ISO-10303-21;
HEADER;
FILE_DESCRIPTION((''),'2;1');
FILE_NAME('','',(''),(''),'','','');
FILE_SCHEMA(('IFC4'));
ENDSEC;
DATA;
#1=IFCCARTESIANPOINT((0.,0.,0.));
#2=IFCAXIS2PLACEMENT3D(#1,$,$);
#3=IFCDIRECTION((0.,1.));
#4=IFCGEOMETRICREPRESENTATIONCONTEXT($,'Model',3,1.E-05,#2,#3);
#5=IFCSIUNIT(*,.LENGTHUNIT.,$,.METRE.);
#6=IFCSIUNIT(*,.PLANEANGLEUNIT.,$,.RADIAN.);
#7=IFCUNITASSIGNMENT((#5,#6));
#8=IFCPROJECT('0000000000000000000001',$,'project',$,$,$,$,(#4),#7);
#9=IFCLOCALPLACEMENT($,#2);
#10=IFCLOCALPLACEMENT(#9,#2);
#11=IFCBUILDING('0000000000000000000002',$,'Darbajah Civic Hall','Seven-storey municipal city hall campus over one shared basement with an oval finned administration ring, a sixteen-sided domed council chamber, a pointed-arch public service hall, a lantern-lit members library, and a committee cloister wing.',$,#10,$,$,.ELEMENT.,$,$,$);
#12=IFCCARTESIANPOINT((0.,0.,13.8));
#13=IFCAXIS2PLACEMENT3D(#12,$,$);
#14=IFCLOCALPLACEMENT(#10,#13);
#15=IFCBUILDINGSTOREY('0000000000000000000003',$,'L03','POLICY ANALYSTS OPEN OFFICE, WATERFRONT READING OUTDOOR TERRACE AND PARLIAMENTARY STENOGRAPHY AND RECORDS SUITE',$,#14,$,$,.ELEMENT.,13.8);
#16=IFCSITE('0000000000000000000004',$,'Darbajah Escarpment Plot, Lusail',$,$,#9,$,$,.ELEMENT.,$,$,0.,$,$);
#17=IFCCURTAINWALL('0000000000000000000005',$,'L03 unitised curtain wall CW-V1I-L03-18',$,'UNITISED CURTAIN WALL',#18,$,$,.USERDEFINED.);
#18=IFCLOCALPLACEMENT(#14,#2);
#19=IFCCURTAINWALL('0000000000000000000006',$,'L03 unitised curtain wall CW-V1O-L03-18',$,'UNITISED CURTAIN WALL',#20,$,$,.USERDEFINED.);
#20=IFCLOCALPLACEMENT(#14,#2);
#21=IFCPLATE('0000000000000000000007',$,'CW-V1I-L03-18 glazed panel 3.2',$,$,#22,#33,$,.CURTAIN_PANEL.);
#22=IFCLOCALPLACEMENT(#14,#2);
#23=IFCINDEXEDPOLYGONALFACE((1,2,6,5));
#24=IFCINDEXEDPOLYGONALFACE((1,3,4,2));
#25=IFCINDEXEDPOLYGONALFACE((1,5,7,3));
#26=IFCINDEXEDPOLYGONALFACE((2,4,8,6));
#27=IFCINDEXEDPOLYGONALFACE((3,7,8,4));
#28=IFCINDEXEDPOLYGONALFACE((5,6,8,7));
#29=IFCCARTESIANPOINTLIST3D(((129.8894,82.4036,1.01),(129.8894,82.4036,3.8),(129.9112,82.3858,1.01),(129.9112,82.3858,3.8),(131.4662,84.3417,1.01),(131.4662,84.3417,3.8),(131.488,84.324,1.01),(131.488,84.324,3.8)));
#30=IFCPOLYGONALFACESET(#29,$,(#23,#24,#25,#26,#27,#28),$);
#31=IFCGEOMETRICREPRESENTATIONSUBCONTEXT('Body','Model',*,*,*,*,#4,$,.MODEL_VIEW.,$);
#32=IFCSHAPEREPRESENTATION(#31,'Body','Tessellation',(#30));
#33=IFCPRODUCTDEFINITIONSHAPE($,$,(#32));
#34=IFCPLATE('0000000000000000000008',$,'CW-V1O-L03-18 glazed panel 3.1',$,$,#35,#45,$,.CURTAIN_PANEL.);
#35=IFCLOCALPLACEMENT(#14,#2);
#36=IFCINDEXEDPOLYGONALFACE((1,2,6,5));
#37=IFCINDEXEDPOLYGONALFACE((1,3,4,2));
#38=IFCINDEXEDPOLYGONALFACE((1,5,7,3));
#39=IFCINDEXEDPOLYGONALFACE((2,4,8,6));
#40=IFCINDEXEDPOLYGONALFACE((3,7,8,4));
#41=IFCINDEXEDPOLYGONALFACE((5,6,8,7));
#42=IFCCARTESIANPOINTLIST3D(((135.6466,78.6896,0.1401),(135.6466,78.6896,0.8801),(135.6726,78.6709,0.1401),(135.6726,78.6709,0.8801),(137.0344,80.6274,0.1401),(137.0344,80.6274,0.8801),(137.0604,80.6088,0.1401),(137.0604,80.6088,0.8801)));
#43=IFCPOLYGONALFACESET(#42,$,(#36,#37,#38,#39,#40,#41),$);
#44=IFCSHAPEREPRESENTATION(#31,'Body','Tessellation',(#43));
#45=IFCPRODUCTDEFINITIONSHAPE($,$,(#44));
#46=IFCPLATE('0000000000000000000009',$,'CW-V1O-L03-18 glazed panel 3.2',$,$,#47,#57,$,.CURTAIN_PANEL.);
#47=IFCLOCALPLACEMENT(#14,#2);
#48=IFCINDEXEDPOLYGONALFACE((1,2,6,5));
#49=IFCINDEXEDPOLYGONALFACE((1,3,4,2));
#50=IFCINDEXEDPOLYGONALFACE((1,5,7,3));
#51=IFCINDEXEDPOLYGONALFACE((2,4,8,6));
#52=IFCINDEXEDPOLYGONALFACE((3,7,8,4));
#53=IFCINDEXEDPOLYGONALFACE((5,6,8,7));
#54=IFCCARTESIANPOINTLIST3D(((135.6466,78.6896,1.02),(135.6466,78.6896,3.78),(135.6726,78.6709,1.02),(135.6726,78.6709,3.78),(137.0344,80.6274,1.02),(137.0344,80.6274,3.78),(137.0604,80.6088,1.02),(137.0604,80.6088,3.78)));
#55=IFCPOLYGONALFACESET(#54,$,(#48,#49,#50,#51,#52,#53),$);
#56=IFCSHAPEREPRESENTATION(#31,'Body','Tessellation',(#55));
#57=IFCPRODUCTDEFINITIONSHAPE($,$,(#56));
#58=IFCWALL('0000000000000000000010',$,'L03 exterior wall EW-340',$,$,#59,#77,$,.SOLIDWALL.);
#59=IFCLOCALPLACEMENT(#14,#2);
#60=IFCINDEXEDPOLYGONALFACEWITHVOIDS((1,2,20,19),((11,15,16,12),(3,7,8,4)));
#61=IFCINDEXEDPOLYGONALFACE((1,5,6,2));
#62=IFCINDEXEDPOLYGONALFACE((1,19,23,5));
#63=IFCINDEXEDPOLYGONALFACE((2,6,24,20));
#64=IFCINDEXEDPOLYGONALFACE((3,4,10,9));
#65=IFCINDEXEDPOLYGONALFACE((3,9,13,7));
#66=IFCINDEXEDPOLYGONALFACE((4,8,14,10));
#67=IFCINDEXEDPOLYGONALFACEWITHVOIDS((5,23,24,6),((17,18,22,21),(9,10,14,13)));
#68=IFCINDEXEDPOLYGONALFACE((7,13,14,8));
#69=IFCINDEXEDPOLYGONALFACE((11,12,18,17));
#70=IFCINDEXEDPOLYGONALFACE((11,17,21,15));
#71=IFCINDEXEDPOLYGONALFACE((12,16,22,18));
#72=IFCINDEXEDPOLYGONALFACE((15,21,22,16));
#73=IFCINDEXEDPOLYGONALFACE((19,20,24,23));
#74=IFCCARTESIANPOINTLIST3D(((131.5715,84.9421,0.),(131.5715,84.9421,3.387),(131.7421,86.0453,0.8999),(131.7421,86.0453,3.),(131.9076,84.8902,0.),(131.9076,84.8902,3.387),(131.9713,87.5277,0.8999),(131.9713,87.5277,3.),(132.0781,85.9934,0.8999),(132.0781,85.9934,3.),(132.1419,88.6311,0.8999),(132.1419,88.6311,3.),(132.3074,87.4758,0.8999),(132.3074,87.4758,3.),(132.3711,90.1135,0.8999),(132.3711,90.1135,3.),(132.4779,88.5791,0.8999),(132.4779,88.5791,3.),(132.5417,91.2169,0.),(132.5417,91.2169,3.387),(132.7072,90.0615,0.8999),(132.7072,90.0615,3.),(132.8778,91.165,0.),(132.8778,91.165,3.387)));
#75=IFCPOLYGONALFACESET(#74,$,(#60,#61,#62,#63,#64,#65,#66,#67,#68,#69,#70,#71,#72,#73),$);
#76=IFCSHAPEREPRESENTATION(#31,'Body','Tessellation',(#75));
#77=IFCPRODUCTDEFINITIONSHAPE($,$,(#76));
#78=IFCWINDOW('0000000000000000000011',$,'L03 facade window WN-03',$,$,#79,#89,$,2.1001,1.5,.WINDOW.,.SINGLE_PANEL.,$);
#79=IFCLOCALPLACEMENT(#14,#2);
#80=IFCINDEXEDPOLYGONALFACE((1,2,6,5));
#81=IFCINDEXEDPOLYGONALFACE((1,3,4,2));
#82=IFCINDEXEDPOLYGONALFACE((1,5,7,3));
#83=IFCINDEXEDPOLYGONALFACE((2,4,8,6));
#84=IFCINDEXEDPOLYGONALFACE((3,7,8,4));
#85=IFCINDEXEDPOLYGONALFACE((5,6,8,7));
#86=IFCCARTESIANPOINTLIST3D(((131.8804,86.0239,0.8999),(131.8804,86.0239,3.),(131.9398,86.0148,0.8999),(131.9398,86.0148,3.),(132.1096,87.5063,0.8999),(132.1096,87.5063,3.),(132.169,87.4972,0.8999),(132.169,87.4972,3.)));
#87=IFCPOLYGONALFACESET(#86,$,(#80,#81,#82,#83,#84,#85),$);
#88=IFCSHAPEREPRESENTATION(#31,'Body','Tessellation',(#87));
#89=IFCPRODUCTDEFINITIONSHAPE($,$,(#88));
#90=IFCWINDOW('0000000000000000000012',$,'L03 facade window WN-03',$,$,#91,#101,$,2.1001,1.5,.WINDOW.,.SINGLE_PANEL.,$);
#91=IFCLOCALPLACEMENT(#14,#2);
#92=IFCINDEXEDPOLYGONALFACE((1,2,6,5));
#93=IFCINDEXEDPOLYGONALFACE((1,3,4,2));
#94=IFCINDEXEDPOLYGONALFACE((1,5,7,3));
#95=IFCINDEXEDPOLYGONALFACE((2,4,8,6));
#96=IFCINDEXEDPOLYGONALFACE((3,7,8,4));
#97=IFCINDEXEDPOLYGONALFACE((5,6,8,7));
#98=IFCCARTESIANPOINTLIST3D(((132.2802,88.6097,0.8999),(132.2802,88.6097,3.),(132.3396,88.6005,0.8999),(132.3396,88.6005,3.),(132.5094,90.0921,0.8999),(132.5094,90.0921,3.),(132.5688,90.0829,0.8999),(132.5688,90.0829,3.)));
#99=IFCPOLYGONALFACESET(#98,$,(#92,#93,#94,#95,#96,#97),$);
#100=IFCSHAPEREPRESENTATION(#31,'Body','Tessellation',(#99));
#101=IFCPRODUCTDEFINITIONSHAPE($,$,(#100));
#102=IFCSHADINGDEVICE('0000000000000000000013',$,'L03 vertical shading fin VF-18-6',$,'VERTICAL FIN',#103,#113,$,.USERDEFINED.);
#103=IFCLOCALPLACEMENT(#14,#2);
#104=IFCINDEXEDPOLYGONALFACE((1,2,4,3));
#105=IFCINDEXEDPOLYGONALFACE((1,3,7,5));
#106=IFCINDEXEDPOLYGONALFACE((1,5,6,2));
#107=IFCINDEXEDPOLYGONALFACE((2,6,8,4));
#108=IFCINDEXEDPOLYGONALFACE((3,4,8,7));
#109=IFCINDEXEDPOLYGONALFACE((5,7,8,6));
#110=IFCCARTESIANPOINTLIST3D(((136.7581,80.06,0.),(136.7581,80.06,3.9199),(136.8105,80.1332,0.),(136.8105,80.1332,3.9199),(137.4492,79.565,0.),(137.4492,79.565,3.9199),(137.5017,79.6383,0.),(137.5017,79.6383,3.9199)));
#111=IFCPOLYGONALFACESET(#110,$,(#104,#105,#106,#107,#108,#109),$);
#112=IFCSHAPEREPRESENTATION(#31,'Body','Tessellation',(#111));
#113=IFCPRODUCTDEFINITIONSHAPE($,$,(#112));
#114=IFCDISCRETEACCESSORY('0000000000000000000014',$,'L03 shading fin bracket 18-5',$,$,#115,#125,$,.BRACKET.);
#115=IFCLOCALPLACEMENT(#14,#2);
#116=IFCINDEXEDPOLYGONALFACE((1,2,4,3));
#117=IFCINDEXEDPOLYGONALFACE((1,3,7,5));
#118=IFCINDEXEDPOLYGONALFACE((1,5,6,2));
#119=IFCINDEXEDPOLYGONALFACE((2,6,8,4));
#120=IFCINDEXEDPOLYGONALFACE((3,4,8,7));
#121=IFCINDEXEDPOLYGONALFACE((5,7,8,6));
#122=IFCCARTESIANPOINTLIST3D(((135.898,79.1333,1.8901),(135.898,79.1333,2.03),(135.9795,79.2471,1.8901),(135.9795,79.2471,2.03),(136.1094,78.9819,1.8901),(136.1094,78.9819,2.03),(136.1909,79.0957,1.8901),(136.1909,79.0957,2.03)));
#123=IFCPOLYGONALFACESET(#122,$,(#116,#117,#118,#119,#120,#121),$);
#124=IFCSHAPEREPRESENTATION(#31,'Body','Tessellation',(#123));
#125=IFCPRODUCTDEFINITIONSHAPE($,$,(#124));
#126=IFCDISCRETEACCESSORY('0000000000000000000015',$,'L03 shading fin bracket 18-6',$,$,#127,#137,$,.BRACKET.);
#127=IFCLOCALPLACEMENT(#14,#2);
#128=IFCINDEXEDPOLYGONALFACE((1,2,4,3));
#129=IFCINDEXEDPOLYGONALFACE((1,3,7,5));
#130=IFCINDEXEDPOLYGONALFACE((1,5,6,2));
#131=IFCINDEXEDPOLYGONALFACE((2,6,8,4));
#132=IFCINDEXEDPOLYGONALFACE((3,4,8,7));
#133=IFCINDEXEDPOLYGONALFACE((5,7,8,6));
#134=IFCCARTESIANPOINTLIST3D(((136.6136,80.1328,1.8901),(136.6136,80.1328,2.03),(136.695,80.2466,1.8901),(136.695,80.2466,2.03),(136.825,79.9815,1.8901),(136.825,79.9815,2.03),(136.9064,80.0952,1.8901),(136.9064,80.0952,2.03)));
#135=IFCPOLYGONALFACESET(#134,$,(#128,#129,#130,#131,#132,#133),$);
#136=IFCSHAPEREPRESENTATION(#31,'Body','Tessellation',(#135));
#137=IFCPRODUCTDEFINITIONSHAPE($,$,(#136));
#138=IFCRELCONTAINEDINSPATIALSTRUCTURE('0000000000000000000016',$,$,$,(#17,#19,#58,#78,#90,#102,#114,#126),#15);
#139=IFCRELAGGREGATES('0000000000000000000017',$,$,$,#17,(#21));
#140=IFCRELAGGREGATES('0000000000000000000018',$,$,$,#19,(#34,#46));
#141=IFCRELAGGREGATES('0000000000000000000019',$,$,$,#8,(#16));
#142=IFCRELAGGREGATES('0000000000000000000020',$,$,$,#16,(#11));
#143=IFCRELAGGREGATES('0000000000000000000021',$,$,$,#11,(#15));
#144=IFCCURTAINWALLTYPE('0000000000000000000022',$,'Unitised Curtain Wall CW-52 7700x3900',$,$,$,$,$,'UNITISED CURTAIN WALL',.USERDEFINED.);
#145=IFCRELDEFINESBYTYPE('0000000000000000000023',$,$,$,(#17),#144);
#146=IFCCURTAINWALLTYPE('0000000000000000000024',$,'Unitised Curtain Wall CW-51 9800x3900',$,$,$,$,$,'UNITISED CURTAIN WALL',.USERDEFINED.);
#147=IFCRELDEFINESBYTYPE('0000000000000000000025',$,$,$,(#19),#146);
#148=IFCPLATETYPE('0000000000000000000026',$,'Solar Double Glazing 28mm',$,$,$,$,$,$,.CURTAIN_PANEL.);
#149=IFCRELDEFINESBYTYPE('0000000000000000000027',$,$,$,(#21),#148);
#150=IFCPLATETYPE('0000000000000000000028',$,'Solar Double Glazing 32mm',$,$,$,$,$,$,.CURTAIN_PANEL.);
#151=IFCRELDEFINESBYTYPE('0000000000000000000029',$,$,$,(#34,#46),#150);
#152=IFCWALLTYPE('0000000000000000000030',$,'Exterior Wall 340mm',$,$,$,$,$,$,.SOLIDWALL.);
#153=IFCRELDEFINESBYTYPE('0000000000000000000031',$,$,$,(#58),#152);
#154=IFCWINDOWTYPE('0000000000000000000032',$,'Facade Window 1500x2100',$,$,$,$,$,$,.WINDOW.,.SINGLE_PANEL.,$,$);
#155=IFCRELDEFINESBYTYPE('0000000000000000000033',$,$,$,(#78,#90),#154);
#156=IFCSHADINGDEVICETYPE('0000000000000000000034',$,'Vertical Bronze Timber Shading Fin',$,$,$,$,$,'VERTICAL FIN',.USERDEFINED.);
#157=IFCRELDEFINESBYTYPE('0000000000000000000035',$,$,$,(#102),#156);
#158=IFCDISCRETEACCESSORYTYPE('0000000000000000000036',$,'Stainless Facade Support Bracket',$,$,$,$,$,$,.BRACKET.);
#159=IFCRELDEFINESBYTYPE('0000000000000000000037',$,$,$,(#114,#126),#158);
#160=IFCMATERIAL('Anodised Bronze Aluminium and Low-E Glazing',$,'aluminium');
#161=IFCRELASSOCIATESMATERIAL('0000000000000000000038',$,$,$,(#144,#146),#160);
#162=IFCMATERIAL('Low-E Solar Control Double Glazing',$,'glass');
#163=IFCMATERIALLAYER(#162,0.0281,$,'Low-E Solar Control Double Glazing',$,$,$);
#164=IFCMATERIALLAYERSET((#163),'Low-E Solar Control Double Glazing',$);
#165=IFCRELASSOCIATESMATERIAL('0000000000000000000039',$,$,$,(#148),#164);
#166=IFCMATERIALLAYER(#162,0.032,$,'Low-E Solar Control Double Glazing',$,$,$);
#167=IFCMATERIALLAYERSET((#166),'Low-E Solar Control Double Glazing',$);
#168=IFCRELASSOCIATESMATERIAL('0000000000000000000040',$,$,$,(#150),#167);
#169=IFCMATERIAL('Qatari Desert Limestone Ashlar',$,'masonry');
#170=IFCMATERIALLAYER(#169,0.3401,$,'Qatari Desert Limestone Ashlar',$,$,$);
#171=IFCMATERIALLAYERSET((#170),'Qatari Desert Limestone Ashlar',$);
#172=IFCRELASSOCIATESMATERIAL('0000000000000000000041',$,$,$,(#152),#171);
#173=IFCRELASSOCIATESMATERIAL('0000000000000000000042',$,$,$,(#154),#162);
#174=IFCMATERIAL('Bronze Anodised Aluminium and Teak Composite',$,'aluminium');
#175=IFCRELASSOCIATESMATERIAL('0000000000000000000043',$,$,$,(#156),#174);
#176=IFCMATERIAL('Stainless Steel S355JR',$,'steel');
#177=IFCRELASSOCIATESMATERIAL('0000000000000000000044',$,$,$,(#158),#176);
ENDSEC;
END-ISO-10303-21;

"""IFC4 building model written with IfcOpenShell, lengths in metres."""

from ifc_helpers import new_model, si_unit, direction, frame, frame_2d, origin, origin_2d, place, context, subcontext, project, spatial, rectangle, extrude, material, layer, layer_set, type_object, element, fill, aggregate, save


model = new_model("IFC4")

# Units and contexts
model_context = context("Model", 3, precision=1e-05, world=origin(), true_north=direction((0.0, 1.0)))
body_context = subcontext(model_context, "Body", "Model", "MODEL_VIEW")
ifc_project = project(units=[si_unit("LENGTHUNIT", "METRE"), si_unit("PLANEANGLEUNIT", "RADIAN")], contexts=[model_context])

# Site, building, storey
site_placement = place(None, origin())
site = spatial("IfcSite", under=ifc_project, at=site_placement, Name="Darbajah Escarpment Plot, Lusail", CompositionType="ELEMENT", RefElevation=0.0)
building_placement = place(site_placement, origin())
building = spatial("IfcBuilding", under=site, at=building_placement, Name="Darbajah Civic Hall", Description="Seven-storey municipal city hall campus over one shared basement with an oval finned administration ring, a sixteen-sided domed council chamber, a pointed-arch public service hall, a lantern-lit members library, and a committee cloister wing.", CompositionType="ELEMENT")
storey_placement = place(building_placement, frame((0.0, 0.0, 13.8)))
storey = spatial("IfcBuildingStorey", under=building, at=storey_placement, Name="L03", Description="POLICY ANALYSTS OPEN OFFICE, WATERFRONT READING OUTDOOR TERRACE AND PARLIAMENTARY STENOGRAPHY AND RECORDS SUITE", CompositionType="ELEMENT", Elevation=13.8)

# Curtain wall
ifc_material_1 = material(Name="Anodised Bronze Aluminium and Low-E Glazing", Category="aluminium")
curtain_wall_type_1 = type_object("IfcCurtainWallType", Name="Unitised Curtain Wall CW-52 7700x3900", ElementType="UNITISED CURTAIN WALL", PredefinedType="USERDEFINED", material=ifc_material_1)
curtain_wall_1_placement = place(storey_placement, origin())
curtain_wall_1 = element("IfcCurtainWall", 1, at=curtain_wall_1_placement, inside=storey, type_object=curtain_wall_type_1, Name="L03 unitised curtain wall CW-V1I-L03-18", ObjectType="UNITISED CURTAIN WALL", PredefinedType="USERDEFINED")

# Curtain wall
curtain_wall_type_2 = type_object("IfcCurtainWallType", Name="Unitised Curtain Wall CW-51 9800x3900", ElementType="UNITISED CURTAIN WALL", PredefinedType="USERDEFINED", material=ifc_material_1)
curtain_wall_2_placement = place(storey_placement, origin())
curtain_wall_2 = element("IfcCurtainWall", 2, at=curtain_wall_2_placement, inside=storey, type_object=curtain_wall_type_2, Name="L03 unitised curtain wall CW-V1O-L03-18", ObjectType="UNITISED CURTAIN WALL", PredefinedType="USERDEFINED")

# Plates
ifc_material_2 = material(Name="Low-E Solar Control Double Glazing", Category="glass")
ifc_layer_1 = layer(ifc_material_2, 0.0281, Name="Low-E Solar Control Double Glazing")
ifc_layer_set_1 = layer_set([ifc_layer_1], Name="Low-E Solar Control Double Glazing")
plate_type_1 = type_object("IfcPlateType", Name="Solar Double Glazing 28mm", PredefinedType="CURTAIN_PANEL", material=ifc_layer_set_1)
plate_1_placement = place(storey_placement, frame((130.6887, 83.3638, 1.01), z_axis=(0.0, 0.0, 1.0), x_axis=(0.631082, 0.775716, 0.0)))
plate_1 = element("IfcPlate", 3, at=plate_1_placement, type_object=plate_type_1, Name="CW-V1I-L03-18 glazed panel 3.2", PredefinedType="CURTAIN_PANEL", context=body_context, shape_type="SweptSolid", body=[
    extrude(rectangle(XDim=2.4985, YDim=0.0281, at=origin_2d()), origin(), (0.0, 0.0, 1.0), 2.79),
])
aggregate(curtain_wall_1, [plate_1])
ifc_layer_2 = layer(ifc_material_2, 0.032, Name="Low-E Solar Control Double Glazing")
ifc_layer_set_2 = layer_set([ifc_layer_2], Name="Low-E Solar Control Double Glazing")
plate_type_2 = type_object("IfcPlateType", Name="Solar Double Glazing 32mm", PredefinedType="CURTAIN_PANEL", material=ifc_layer_set_2)
plate_2_placement = place(storey_placement, frame((136.3535, 79.6492, 0.1401), z_axis=(0.0, 0.0, 1.0), x_axis=(0.582265, 0.812999, 0.0)))
plate_2 = element("IfcPlate", 4, at=plate_2_placement, type_object=plate_type_2, Name="CW-V1O-L03-18 glazed panel 3.1", PredefinedType="CURTAIN_PANEL", context=body_context, shape_type="SweptSolid", body=[
    extrude(rectangle(XDim=2.3835, YDim=0.032, at=origin_2d()), origin(), (0.0, 0.0, 1.0), 0.74),
])
plate_3_placement = place(storey_placement, frame((136.3535, 79.6492, 1.02), z_axis=(0.0, 0.0, 1.0), x_axis=(0.582265, 0.812999, 0.0)))
plate_3 = element("IfcPlate", 5, at=plate_3_placement, type_object=plate_type_2, Name="CW-V1O-L03-18 glazed panel 3.2", PredefinedType="CURTAIN_PANEL", context=body_context, shape_type="SweptSolid", body=[
    extrude(rectangle(XDim=2.3835, YDim=0.032, at=origin_2d()), origin(), (0.0, 0.0, 1.0), 2.76),
])
aggregate(curtain_wall_2, [plate_2, plate_3])

# Wall, openings, windows
ifc_material_3 = material(Name="Qatari Desert Limestone Ashlar", Category="masonry")
ifc_layer_3 = layer(ifc_material_3, 0.3401, Name="Qatari Desert Limestone Ashlar")
ifc_layer_set_3 = layer_set([ifc_layer_3], Name="Qatari Desert Limestone Ashlar")
wall_type = type_object("IfcWallType", Name="Exterior Wall 340mm", PredefinedType="SOLIDWALL", material=ifc_layer_set_3)
wall_placement = place(storey_placement, frame((131.7395, 84.916, 0.0), z_axis=(0.0, 0.0, 1.0), x_axis=(0.152803, 0.988257, 0.0)))
wall = element("IfcWall", 6, at=wall_placement, inside=storey, type_object=wall_type, Name="L03 exterior wall EW-340", PredefinedType="SOLIDWALL", context=body_context, shape_type="SweptSolid", body=[
    extrude(rectangle(XDim=6.3494, YDim=0.3401, at=frame_2d((3.1748, 0.0))), origin(), (0.0, 0.0, 1.0), 3.387),
])
opening_1_placement = place(wall_placement, frame((1.1165, 0.0, 0.8999)))
opening_1 = element("IfcOpeningElement", 7, at=opening_1_placement, cuts=wall, PredefinedType="OPENING", context=body_context, shape_type="SweptSolid", body=[
    extrude(rectangle(XDim=1.5, YDim=2.1001, at=frame_2d((0.75, 1.05))), frame((0.0, 0.1799, 0.0), z_axis=(0.0, -1.0, 0.0), x_axis=(1.0, 0.0, 0.0)), (0.0, 0.0, 1.0), 0.3601),
])
opening_2_placement = place(wall_placement, frame((3.7329, 0.0, 0.8999)))
opening_2 = element("IfcOpeningElement", 8, at=opening_2_placement, cuts=wall, PredefinedType="OPENING", context=body_context, shape_type="SweptSolid", body=[
    extrude(rectangle(XDim=1.5, YDim=2.1001, at=frame_2d((0.75, 1.05))), frame((0.0, 0.1799, 0.0), z_axis=(0.0, -1.0, 0.0), x_axis=(1.0, 0.0, 0.0)), (0.0, 0.0, 1.0), 0.3601),
])
window_type = type_object("IfcWindowType", Name="Facade Window 1500x2100", PartitioningType="SINGLE_PANEL", PredefinedType="WINDOW", material=ifc_material_2)
window_1_placement = place(opening_1_placement, origin())
window_1 = element("IfcWindow", 9, at=window_1_placement, inside=storey, type_object=window_type, Name="L03 facade window WN-03", OverallHeight=2.1001, OverallWidth=1.5, PartitioningType="SINGLE_PANEL", PredefinedType="WINDOW", context=body_context, shape_type="SweptSolid", body=[
    extrude(rectangle(XDim=1.5, YDim=2.1001, at=frame_2d((0.75, 1.05))), frame((0.0, 0.03, 0.0), z_axis=(0.0, -1.0, 0.0), x_axis=(1.0, 0.0, 0.0)), (0.0, 0.0, 1.0), 0.0601),
])
fill(opening_1, window_1)
window_2_placement = place(opening_2_placement, origin())
window_2 = element("IfcWindow", 10, at=window_2_placement, inside=storey, type_object=window_type, Name="L03 facade window WN-03", OverallHeight=2.1001, OverallWidth=1.5, PartitioningType="SINGLE_PANEL", PredefinedType="WINDOW", context=body_context, shape_type="SweptSolid", body=[
    extrude(rectangle(XDim=1.5, YDim=2.1001, at=frame_2d((0.75, 1.05))), frame((0.0, 0.03, 0.0), z_axis=(0.0, -1.0, 0.0), x_axis=(1.0, 0.0, 0.0)), (0.0, 0.0, 1.0), 0.0601),
])
fill(opening_2, window_2)

# Shading device
ifc_material_4 = material(Name="Bronze Anodised Aluminium and Teak Composite", Category="aluminium")
shading_device_type = type_object("IfcShadingDeviceType", Name="Vertical Bronze Timber Shading Fin", ElementType="VERTICAL FIN", PredefinedType="USERDEFINED", material=ifc_material_4)
shading_device_placement = place(storey_placement, frame((137.1299, 79.8491, 0.0), z_axis=(0.0, 0.0, 1.0), x_axis=(0.812999, -0.582265, 0.0)))
element("IfcShadingDevice", 11, at=shading_device_placement, inside=storey, type_object=shading_device_type, Name="L03 vertical shading fin VF-18-6", ObjectType="VERTICAL FIN", PredefinedType="USERDEFINED", context=body_context, shape_type="SweptSolid", body=[
    extrude(rectangle(XDim=0.8501, YDim=0.0901, at=origin_2d()), origin(), (0.0, 0.0, 1.0), 3.9199),
])

# Discrete accessories
ifc_material_5 = material(Name="Stainless Steel S355JR", Category="steel")
discrete_accessory_type = type_object("IfcDiscreteAccessoryType", Name="Stainless Facade Support Bracket", PredefinedType="BRACKET", material=ifc_material_5)
for number, where, z_axis, x_axis, name in (
    (12, (136.0444, 79.1145, 1.8901), (0.0, 0.0, 1.0), (0.812999, -0.582265, 0.0), "L03 shading fin bracket 18-5"),
    (13, (136.76, 80.114, 1.8901), (0.0, 0.0, 1.0), (0.812999, -0.582265, 0.0), "L03 shading fin bracket 18-6"),
):
    element("IfcDiscreteAccessory", number, at=place(storey_placement, frame(where, z_axis=z_axis, x_axis=x_axis)), inside=storey, type_object=discrete_accessory_type, Name=name, PredefinedType="BRACKET", context=body_context, shape_type="SweptSolid", body=[
        extrude(rectangle(XDim=0.26, YDim=0.1399, at=origin_2d()), origin(), (0.0, 0.0, 1.0), 0.1399),
    ])

save(model, "model.ifc")
